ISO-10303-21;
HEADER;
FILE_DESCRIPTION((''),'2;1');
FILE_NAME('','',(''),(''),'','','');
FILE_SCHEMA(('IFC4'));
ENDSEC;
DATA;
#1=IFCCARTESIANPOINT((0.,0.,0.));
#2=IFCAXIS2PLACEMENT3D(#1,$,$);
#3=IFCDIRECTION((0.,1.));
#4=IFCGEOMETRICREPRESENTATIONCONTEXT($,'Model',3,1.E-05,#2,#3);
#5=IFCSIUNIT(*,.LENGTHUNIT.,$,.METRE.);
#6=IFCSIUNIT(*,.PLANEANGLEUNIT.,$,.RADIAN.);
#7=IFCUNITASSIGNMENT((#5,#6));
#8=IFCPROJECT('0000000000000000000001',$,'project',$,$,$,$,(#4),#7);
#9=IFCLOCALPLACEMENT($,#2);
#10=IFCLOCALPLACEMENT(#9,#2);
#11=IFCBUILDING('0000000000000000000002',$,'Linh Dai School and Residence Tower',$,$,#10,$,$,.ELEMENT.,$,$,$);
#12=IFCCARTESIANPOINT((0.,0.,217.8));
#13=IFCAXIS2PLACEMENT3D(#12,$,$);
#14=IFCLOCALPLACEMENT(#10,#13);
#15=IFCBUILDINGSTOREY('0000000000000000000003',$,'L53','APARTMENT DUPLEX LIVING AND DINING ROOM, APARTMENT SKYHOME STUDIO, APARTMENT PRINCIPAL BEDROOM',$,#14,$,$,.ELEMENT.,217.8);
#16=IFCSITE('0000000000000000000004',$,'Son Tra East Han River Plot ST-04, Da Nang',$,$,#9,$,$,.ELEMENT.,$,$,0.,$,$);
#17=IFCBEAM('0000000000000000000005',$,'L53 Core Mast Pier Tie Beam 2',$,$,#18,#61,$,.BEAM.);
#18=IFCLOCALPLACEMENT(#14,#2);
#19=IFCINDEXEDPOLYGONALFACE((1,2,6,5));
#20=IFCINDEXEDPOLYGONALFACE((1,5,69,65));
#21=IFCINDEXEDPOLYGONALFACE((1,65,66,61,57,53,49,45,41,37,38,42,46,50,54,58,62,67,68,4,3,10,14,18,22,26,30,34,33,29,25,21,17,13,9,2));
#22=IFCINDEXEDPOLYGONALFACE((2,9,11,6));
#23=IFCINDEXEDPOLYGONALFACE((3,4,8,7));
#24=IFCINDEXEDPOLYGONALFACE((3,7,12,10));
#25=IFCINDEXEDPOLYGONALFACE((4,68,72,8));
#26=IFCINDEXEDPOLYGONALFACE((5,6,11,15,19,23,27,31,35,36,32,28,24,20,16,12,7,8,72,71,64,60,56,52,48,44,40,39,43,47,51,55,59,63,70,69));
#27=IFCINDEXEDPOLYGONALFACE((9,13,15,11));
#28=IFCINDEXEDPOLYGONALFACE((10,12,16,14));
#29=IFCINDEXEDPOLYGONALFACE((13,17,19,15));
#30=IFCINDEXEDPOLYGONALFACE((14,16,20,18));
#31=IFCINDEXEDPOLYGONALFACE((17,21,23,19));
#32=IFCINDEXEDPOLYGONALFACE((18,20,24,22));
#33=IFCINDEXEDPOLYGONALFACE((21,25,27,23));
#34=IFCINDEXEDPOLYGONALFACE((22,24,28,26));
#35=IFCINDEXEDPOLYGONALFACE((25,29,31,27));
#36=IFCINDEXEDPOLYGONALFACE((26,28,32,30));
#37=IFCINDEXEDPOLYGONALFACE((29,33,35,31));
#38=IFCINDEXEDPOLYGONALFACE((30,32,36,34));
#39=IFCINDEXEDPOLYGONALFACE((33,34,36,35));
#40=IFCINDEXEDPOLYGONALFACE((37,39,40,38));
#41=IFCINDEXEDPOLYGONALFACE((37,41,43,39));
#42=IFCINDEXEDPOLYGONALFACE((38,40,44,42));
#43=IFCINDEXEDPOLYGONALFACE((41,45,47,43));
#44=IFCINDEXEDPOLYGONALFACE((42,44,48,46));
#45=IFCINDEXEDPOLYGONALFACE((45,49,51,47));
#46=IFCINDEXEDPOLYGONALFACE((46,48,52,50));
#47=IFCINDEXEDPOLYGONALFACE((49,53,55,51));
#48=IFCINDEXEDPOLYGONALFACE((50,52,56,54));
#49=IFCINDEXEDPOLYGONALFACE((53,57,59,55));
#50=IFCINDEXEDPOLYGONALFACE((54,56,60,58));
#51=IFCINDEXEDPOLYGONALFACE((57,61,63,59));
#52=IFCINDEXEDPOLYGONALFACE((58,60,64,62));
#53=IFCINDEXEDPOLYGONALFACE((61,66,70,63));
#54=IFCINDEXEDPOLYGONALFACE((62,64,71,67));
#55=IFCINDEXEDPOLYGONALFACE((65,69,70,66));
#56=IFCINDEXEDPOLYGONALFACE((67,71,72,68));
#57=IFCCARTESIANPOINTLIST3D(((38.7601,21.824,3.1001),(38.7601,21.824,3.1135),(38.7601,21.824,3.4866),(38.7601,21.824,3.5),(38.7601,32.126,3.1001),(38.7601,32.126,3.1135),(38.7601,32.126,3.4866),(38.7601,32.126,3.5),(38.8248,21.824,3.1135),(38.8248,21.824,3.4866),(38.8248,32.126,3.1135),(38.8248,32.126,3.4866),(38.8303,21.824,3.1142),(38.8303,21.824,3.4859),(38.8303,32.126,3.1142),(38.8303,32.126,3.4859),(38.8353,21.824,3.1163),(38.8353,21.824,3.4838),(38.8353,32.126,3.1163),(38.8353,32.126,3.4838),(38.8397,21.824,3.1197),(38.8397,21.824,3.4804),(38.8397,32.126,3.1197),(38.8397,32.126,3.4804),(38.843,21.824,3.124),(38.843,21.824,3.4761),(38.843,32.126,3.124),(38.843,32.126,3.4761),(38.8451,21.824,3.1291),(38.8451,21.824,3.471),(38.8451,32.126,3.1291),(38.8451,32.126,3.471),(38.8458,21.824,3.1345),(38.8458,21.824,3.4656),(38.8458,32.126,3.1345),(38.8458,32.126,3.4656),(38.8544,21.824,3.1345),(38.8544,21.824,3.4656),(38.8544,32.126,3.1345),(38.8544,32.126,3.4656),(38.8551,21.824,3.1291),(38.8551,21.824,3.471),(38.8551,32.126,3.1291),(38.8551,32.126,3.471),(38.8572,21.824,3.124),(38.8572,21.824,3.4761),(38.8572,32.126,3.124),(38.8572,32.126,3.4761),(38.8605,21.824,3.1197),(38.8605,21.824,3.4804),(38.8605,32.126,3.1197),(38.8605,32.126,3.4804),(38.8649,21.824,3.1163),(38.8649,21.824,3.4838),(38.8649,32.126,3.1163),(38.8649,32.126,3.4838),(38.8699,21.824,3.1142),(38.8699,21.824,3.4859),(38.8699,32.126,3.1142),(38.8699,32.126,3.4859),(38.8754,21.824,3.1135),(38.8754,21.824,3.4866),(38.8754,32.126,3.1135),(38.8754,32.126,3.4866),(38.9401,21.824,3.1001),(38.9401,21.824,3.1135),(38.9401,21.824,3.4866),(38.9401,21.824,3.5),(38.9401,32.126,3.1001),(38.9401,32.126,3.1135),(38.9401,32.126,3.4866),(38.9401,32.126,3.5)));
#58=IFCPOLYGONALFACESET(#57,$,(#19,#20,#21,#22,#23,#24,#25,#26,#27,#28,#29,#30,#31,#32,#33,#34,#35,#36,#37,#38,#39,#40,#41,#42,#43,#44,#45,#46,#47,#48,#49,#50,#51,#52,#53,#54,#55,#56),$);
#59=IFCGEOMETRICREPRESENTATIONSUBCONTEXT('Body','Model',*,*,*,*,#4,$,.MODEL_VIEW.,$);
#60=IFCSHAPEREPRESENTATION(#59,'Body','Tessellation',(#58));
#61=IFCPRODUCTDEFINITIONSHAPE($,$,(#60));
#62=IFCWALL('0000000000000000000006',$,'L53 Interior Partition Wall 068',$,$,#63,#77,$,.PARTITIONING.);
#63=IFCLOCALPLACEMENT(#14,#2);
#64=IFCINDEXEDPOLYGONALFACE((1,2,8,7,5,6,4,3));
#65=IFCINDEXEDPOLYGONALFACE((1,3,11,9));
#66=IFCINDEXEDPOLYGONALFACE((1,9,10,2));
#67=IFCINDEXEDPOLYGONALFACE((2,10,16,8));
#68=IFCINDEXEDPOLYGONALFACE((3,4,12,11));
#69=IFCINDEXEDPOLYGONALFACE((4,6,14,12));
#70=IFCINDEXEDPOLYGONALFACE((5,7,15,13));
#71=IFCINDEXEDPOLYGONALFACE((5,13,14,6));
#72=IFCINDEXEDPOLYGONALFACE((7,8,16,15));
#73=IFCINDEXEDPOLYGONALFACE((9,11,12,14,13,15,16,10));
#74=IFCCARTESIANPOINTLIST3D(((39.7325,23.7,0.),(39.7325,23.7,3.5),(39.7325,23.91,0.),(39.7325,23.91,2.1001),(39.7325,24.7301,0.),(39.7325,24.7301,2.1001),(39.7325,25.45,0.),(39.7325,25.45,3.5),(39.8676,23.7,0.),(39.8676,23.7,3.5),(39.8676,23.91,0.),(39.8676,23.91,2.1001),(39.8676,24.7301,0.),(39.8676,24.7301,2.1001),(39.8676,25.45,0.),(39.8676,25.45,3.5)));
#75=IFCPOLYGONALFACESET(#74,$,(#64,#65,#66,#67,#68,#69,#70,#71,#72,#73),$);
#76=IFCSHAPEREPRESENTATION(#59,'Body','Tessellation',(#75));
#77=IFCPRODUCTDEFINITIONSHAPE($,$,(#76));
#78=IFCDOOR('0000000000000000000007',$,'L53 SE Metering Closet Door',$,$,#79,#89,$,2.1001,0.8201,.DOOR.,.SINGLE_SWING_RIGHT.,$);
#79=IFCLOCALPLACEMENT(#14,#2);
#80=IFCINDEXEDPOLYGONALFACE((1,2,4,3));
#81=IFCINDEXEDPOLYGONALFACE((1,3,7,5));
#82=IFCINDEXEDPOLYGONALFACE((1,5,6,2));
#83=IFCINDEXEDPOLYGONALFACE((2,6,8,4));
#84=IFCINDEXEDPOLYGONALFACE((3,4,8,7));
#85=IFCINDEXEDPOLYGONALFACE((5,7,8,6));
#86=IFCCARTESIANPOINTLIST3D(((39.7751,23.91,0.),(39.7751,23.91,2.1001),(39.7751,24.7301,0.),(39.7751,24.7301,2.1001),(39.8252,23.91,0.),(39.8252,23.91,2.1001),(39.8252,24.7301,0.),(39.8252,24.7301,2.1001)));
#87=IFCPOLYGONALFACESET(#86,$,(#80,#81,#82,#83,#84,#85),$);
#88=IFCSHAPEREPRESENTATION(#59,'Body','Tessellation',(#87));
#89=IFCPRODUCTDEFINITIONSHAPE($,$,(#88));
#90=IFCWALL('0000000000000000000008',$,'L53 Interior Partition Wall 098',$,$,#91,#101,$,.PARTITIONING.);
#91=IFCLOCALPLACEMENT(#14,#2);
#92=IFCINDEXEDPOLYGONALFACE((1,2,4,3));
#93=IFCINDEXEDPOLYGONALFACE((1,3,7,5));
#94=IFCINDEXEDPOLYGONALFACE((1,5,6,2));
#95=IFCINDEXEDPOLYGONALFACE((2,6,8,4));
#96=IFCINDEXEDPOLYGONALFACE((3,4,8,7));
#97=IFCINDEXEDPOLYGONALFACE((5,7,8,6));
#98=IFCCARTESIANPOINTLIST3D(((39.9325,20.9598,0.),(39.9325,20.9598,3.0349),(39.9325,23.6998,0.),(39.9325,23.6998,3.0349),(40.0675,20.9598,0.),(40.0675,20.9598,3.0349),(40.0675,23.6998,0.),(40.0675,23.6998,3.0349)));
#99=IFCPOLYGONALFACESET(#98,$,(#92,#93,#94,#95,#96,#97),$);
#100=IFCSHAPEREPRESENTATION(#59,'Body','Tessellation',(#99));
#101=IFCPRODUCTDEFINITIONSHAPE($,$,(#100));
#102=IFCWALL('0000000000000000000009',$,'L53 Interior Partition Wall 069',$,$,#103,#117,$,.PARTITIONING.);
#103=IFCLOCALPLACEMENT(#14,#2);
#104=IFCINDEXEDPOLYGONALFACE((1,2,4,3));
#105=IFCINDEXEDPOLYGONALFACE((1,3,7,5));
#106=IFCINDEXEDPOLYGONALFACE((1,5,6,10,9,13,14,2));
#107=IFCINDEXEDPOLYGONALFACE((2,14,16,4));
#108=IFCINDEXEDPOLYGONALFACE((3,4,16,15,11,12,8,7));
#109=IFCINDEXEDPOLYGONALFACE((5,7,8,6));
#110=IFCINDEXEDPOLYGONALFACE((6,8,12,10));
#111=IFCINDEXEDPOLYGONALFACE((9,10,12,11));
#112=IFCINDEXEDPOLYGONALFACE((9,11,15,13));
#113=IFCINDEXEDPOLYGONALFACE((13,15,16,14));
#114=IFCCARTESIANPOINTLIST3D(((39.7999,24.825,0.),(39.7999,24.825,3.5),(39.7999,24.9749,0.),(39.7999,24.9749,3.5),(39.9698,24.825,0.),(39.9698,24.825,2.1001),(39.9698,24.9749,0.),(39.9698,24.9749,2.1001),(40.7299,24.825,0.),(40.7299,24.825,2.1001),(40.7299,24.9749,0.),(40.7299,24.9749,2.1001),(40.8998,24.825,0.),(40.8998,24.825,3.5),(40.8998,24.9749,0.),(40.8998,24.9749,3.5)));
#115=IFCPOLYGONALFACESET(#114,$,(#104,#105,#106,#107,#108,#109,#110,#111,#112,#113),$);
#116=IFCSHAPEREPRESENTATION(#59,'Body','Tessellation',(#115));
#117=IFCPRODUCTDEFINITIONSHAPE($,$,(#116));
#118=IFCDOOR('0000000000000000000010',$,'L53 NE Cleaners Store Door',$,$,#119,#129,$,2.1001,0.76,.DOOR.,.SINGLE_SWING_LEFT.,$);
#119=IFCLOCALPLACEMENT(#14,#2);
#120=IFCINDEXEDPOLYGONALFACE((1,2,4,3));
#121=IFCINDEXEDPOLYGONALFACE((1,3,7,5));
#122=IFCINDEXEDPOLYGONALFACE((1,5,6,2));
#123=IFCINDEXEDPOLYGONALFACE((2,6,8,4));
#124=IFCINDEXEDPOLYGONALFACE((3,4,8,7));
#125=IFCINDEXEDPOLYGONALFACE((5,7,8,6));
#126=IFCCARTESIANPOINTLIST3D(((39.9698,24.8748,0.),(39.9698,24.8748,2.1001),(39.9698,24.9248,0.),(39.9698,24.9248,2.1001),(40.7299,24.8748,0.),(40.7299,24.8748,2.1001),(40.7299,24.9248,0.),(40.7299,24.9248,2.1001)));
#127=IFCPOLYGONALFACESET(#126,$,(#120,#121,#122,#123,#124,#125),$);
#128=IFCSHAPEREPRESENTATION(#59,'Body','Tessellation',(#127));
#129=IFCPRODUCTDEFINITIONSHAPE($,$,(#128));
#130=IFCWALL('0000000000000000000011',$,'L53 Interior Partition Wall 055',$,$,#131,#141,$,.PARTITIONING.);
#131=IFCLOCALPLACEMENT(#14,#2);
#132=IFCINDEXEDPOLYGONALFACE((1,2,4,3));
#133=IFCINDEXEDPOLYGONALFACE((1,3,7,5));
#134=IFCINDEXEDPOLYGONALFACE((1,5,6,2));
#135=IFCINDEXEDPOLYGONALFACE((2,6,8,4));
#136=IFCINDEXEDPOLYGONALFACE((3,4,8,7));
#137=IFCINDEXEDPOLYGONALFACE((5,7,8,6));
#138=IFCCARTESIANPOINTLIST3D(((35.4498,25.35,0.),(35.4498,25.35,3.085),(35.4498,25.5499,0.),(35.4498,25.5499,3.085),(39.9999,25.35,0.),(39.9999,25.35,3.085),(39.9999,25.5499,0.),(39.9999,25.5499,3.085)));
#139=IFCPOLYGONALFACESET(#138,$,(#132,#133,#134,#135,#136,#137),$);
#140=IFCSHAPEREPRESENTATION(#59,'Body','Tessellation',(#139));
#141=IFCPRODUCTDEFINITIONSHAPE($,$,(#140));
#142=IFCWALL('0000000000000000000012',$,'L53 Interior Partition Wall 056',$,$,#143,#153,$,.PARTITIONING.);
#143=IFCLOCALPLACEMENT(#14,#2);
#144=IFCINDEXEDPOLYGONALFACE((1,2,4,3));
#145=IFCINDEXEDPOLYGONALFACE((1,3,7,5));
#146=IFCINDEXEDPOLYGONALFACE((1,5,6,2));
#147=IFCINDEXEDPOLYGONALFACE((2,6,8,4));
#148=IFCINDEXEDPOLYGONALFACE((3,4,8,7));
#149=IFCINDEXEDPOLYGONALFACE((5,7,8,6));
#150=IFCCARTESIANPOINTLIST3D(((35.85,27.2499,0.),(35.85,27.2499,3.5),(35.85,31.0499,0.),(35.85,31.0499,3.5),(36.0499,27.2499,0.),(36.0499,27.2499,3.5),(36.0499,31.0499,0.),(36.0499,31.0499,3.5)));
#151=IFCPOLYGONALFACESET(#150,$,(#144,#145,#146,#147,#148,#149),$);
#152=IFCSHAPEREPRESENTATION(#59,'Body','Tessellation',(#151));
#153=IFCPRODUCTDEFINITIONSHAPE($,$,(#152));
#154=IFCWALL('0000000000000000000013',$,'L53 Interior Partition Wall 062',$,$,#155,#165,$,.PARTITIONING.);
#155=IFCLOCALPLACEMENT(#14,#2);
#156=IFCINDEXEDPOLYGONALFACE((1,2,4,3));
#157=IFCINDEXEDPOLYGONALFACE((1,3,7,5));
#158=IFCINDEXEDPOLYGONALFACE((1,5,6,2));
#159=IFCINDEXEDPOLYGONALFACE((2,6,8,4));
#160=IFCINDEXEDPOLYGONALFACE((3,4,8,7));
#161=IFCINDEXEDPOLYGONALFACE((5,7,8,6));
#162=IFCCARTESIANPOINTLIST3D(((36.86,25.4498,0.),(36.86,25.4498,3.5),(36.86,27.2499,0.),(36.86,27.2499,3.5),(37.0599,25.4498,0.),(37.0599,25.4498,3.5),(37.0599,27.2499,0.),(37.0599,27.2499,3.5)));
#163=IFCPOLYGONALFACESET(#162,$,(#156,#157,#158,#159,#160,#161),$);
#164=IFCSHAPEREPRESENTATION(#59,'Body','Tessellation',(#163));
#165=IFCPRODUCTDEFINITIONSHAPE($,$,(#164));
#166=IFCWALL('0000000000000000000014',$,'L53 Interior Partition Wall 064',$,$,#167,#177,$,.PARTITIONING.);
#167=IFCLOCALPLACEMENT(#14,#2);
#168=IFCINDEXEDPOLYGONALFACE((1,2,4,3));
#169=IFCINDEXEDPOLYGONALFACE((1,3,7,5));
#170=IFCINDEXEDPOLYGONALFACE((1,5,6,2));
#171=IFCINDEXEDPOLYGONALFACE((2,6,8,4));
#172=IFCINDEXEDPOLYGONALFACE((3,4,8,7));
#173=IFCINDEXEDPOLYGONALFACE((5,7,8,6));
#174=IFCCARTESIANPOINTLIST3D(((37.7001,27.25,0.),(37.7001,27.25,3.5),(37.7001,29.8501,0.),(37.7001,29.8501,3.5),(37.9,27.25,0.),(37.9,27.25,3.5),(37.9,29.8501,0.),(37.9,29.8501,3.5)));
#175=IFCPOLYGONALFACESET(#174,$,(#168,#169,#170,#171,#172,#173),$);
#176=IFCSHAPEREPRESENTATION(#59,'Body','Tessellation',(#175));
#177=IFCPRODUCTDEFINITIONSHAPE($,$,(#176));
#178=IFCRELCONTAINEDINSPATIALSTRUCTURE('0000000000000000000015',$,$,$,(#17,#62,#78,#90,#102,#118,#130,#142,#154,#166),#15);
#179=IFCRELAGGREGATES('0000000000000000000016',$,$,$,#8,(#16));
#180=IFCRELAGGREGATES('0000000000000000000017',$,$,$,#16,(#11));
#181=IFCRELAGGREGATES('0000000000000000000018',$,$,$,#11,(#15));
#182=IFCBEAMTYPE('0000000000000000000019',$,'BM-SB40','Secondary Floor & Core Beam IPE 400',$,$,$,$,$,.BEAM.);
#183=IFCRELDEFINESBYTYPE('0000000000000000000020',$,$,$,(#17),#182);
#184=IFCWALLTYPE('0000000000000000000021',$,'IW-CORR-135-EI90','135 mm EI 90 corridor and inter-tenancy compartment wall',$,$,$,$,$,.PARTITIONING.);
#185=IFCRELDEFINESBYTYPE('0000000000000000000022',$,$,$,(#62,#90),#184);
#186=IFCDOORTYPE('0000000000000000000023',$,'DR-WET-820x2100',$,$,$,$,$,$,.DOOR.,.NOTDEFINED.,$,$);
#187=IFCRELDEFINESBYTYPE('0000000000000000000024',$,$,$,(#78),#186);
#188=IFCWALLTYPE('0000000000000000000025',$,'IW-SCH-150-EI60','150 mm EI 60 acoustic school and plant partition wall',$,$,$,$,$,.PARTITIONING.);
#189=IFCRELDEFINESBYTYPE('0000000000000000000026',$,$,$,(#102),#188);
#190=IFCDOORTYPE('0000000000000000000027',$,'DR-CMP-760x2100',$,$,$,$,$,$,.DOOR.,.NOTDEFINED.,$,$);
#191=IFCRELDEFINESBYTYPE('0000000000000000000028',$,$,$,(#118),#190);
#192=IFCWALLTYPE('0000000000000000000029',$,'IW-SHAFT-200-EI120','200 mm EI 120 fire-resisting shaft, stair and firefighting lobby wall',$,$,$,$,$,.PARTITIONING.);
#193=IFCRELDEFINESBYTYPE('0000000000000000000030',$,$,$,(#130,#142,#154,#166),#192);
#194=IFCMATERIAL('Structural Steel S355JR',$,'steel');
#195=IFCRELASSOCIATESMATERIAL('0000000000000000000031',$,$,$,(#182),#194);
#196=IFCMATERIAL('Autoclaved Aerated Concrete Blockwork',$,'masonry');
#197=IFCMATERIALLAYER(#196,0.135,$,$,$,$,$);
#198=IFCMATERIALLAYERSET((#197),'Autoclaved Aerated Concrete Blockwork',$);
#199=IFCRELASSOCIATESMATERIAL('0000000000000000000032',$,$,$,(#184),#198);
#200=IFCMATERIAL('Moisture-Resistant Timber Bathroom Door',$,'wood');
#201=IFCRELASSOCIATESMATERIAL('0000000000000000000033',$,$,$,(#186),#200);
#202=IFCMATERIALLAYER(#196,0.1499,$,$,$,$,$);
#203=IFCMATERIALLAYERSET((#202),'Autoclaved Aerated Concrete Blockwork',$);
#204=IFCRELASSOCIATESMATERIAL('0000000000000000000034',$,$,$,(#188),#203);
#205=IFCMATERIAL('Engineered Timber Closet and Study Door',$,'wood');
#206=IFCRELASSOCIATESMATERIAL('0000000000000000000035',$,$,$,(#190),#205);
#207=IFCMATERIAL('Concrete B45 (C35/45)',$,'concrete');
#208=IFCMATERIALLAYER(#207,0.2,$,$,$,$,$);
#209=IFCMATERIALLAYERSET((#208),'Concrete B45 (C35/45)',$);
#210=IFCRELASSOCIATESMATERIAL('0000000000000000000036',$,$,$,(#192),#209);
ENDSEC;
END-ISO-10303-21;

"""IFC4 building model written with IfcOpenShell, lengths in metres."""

from ifc_helpers import new_model, si_unit, direction, frame, frame_2d, origin, origin_2d, place, context, subcontext, project, spatial, rectangle, i_section, extrude, source, transform, mapped, material, layer, layer_set, material_profile, profile_set, type_object, element, fill, save


model = new_model("IFC4")

# Units and contexts
model_context = context("Model", 3, precision=1e-05, world=origin(), true_north=direction((0.0, 1.0)))
body_context = subcontext(model_context, "Body", "Model", "MODEL_VIEW")
ifc_project = project(units=[si_unit("LENGTHUNIT", "METRE"), si_unit("PLANEANGLEUNIT", "RADIAN")], contexts=[model_context])

# Site, building, storey
site_placement = place(None, origin())
site = spatial("IfcSite", under=ifc_project, at=site_placement, Name="Son Tra East Han River Plot ST-04, Da Nang", CompositionType="ELEMENT", RefElevation=0.0)
building_placement = place(site_placement, origin())
building = spatial("IfcBuilding", under=site, at=building_placement, Name="Linh Dai School and Residence Tower", CompositionType="ELEMENT")
storey_placement = place(building_placement, frame((0.0, 0.0, 217.8)))
storey = spatial("IfcBuildingStorey", under=building, at=storey_placement, Name="L53", Description="APARTMENT DUPLEX LIVING AND DINING ROOM, APARTMENT SKYHOME STUDIO, APARTMENT PRINCIPAL BEDROOM", CompositionType="ELEMENT", Elevation=217.8)

# Shared definitions
ifc_material_1 = material(Name="Structural Steel S355JR", Category="steel")

# Beam
ifc_material_profile_1 = material_profile(ifc_material_1, i_section(OverallWidth=0.1799, OverallDepth=0.3999, WebThickness=0.0085, FlangeThickness=0.0134, FilletRadius=0.021, at=origin_2d()), Name="IPE 400")
ifc_profile_set_1 = profile_set([ifc_material_profile_1], Name="Structural Steel S355JR")
beam_type = type_object("IfcBeamType", Name="BM-SB40", Description="Secondary Floor & Core Beam IPE 400", PredefinedType="BEAM", material=ifc_profile_set_1)
beam_placement = place(storey_placement, frame((38.8501, 21.824, 3.3), z_axis=(0.0, 1.0, 0.0), x_axis=(-1.0, 0.0, 0.0)))
element("IfcBeam", 1, at=beam_placement, inside=storey, type_object=beam_type, Name="L53 Core Mast Pier Tie Beam 2", PredefinedType="BEAM", context=body_context, shape_type="SweptSolid", body=[
    extrude(i_section(OverallWidth=0.1799, OverallDepth=0.3999, WebThickness=0.0085, FlangeThickness=0.0134, FilletRadius=0.021, at=origin_2d()), origin(), (0.0, 0.0, 1.0), 10.302),
])

# Wall, opening, door
ifc_material_2 = material(Name="Autoclaved Aerated Concrete Blockwork", Category="masonry")
ifc_layer_1 = layer(ifc_material_2, 0.135)
ifc_layer_set_1 = layer_set([ifc_layer_1], Name="Autoclaved Aerated Concrete Blockwork")
wall_type_1 = type_object("IfcWallType", Name="IW-CORR-135-EI90", Description="135 mm EI 90 corridor and inter-tenancy compartment wall", PredefinedType="PARTITIONING", material=ifc_layer_set_1)
wall_1_placement = place(storey_placement, frame((39.8, 23.7, 0.0), z_axis=(0.0, 0.0, 1.0), x_axis=(0.0, 1.0, 0.0)))
wall_1 = element("IfcWall", 2, at=wall_1_placement, inside=storey, type_object=wall_type_1, Name="L53 Interior Partition Wall 068", PredefinedType="PARTITIONING", context=body_context, shape_type="SweptSolid", body=[
    extrude(rectangle(XDim=1.75, YDim=0.135, at=frame_2d((0.875, 0.0))), origin(), (0.0, 0.0, 1.0), 3.5),
])
opening_1_placement = place(wall_1_placement, frame((0.21, 0.0, 0.0)))
opening_1 = element("IfcOpeningElement", 3, at=opening_1_placement, cuts=wall_1, PredefinedType="OPENING", context=body_context, shape_type="SweptSolid", body=[
    extrude(rectangle(XDim=0.8201, YDim=2.1001, at=origin_2d()), frame((0.4102, 0.0776, 1.05), z_axis=(0.0, -1.0, 0.0), x_axis=(1.0, 0.0, 0.0)), (0.0, 0.0, 1.0), 0.155),
])
ifc_material_3 = material(Name="Moisture-Resistant Timber Bathroom Door", Category="wood")
door_type_1 = type_object("IfcDoorType", Name="DR-WET-820x2100", OperationType="NOTDEFINED", PredefinedType="DOOR", material=ifc_material_3)
shared_shape_1 = source(origin(), body_context, "Body", "SweptSolid", [
    extrude(rectangle(XDim=0.8201, YDim=2.1001, at=origin_2d()), frame((0.4102, 0.0249, 1.05), z_axis=(0.0, -1.0, 0.0), x_axis=(1.0, 0.0, 0.0)), (0.0, 0.0, 1.0), 0.05),
])
door_1_placement = place(opening_1_placement, origin())
door_1 = element("IfcDoor", 4, at=door_1_placement, inside=storey, type_object=door_type_1, Name="L53 SE Metering Closet Door", OperationType="SINGLE_SWING_RIGHT", OverallHeight=2.1001, OverallWidth=0.8201, PredefinedType="DOOR", context=body_context, shape_type="MappedRepresentation", body=[
    mapped(shared_shape_1, transform((0.0, 0.0, 0.0), x_axis=(1.0, 0.0, 0.0), y_axis=(0.0, 1.0, 0.0), z_axis=(0.0, 0.0, 1.0), scale=1.0)),
])
fill(opening_1, door_1)

# Wall
wall_2_placement = place(storey_placement, frame((40.0, 23.7, 0.0), z_axis=(0.0, 0.0, 1.0), x_axis=(0.0, -1.0, 0.0)))
element("IfcWall", 5, at=wall_2_placement, inside=storey, type_object=wall_type_1, Name="L53 Interior Partition Wall 098", PredefinedType="PARTITIONING", context=body_context, shape_type="SweptSolid", body=[
    extrude(rectangle(XDim=2.74, YDim=0.135, at=frame_2d((1.3701, 0.0))), origin(), (0.0, 0.0, 1.0), 3.0349),
])

# Wall, opening, door
ifc_layer_2 = layer(ifc_material_2, 0.1499)
ifc_layer_set_2 = layer_set([ifc_layer_2], Name="Autoclaved Aerated Concrete Blockwork")
wall_type_2 = type_object("IfcWallType", Name="IW-SCH-150-EI60", Description="150 mm EI 60 acoustic school and plant partition wall", PredefinedType="PARTITIONING", material=ifc_layer_set_2)
wall_3_placement = place(storey_placement, frame((39.8, 24.8999, 0.0), z_axis=(0.0, 0.0, 1.0), x_axis=(1.0, 0.0, 0.0)))
wall_3 = element("IfcWall", 6, at=wall_3_placement, inside=storey, type_object=wall_type_2, Name="L53 Interior Partition Wall 069", PredefinedType="PARTITIONING", context=body_context, shape_type="SweptSolid", body=[
    extrude(rectangle(XDim=1.0999, YDim=0.1499, at=frame_2d((0.5498, 0.0))), origin(), (0.0, 0.0, 1.0), 3.5),
])
opening_2_placement = place(wall_3_placement, frame((0.1699, 0.0, 0.0)))
opening_2 = element("IfcOpeningElement", 7, at=opening_2_placement, cuts=wall_3, PredefinedType="OPENING", context=body_context, shape_type="SweptSolid", body=[
    extrude(rectangle(XDim=0.76, YDim=2.1001, at=origin_2d()), frame((0.3799, 0.085, 1.05), z_axis=(0.0, -1.0, 0.0), x_axis=(1.0, 0.0, 0.0)), (0.0, 0.0, 1.0), 0.1699),
])
ifc_material_4 = material(Name="Engineered Timber Closet and Study Door", Category="wood")
door_type_2 = type_object("IfcDoorType", Name="DR-CMP-760x2100", OperationType="NOTDEFINED", PredefinedType="DOOR", material=ifc_material_4)
shared_shape_2 = source(origin(), body_context, "Body", "SweptSolid", [
    extrude(rectangle(XDim=0.76, YDim=2.1001, at=origin_2d()), frame((0.3799, 0.0249, 1.05), z_axis=(0.0, -1.0, 0.0), x_axis=(1.0, 0.0, 0.0)), (0.0, 0.0, 1.0), 0.05),
])
door_2_placement = place(opening_2_placement, origin())
door_2 = element("IfcDoor", 8, at=door_2_placement, inside=storey, type_object=door_type_2, Name="L53 NE Cleaners Store Door", OperationType="SINGLE_SWING_LEFT", OverallHeight=2.1001, OverallWidth=0.76, PredefinedType="DOOR", context=body_context, shape_type="MappedRepresentation", body=[
    mapped(shared_shape_2, transform((0.0, 0.0, 0.0), x_axis=(1.0, 0.0, 0.0), y_axis=(0.0, 1.0, 0.0), z_axis=(0.0, 0.0, 1.0), scale=1.0)),
])
fill(opening_2, door_2)

# Walls
ifc_material_5 = material(Name="Concrete B45 (C35/45)", Category="concrete")
ifc_layer_3 = layer(ifc_material_5, 0.2)
ifc_layer_set_3 = layer_set([ifc_layer_3], Name="Concrete B45 (C35/45)")
wall_type_3 = type_object("IfcWallType", Name="IW-SHAFT-200-EI120", Description="200 mm EI 120 fire-resisting shaft, stair and firefighting lobby wall", PredefinedType="PARTITIONING", material=ifc_layer_set_3)
wall_4_placement = place(storey_placement, frame((35.45, 25.45, 0.0), z_axis=(0.0, 0.0, 1.0), x_axis=(1.0, 0.0, 0.0)))
element("IfcWall", 9, at=wall_4_placement, inside=storey, type_object=wall_type_3, Name="L53 Interior Partition Wall 055", PredefinedType="PARTITIONING", context=body_context, shape_type="SweptSolid", body=[
    extrude(rectangle(XDim=4.55, YDim=0.2, at=frame_2d((2.2749, 0.0))), origin(), (0.0, 0.0, 1.0), 3.085),
])
wall_5_placement = place(storey_placement, frame((35.95, 27.25, 0.0), z_axis=(0.0, 0.0, 1.0), x_axis=(0.0, 1.0, 0.0)))
element("IfcWall", 10, at=wall_5_placement, inside=storey, type_object=wall_type_3, Name="L53 Interior Partition Wall 056", PredefinedType="PARTITIONING", context=body_context, shape_type="SweptSolid", body=[
    extrude(rectangle(XDim=3.8, YDim=0.2, at=frame_2d((1.8999, 0.0))), origin(), (0.0, 0.0, 1.0), 3.5),
])
wall_6_placement = place(storey_placement, frame((36.96, 25.45, 0.0), z_axis=(0.0, 0.0, 1.0), x_axis=(0.0, 1.0, 0.0)))
element("IfcWall", 11, at=wall_6_placement, inside=storey, type_object=wall_type_3, Name="L53 Interior Partition Wall 062", PredefinedType="PARTITIONING", context=body_context, shape_type="SweptSolid", body=[
    extrude(rectangle(XDim=1.8, YDim=0.2, at=frame_2d((0.8999, 0.0))), origin(), (0.0, 0.0, 1.0), 3.5),
])
wall_7_placement = place(storey_placement, frame((37.8, 27.25, 0.0), z_axis=(0.0, 0.0, 1.0), x_axis=(0.0, 1.0, 0.0)))
element("IfcWall", 12, at=wall_7_placement, inside=storey, type_object=wall_type_3, Name="L53 Interior Partition Wall 064", PredefinedType="PARTITIONING", context=body_context, shape_type="SweptSolid", body=[
    extrude(rectangle(XDim=2.6001, YDim=0.2, at=frame_2d((1.3, 0.0))), origin(), (0.0, 0.0, 1.0), 3.5),
])

save(model, "model.ifc")
